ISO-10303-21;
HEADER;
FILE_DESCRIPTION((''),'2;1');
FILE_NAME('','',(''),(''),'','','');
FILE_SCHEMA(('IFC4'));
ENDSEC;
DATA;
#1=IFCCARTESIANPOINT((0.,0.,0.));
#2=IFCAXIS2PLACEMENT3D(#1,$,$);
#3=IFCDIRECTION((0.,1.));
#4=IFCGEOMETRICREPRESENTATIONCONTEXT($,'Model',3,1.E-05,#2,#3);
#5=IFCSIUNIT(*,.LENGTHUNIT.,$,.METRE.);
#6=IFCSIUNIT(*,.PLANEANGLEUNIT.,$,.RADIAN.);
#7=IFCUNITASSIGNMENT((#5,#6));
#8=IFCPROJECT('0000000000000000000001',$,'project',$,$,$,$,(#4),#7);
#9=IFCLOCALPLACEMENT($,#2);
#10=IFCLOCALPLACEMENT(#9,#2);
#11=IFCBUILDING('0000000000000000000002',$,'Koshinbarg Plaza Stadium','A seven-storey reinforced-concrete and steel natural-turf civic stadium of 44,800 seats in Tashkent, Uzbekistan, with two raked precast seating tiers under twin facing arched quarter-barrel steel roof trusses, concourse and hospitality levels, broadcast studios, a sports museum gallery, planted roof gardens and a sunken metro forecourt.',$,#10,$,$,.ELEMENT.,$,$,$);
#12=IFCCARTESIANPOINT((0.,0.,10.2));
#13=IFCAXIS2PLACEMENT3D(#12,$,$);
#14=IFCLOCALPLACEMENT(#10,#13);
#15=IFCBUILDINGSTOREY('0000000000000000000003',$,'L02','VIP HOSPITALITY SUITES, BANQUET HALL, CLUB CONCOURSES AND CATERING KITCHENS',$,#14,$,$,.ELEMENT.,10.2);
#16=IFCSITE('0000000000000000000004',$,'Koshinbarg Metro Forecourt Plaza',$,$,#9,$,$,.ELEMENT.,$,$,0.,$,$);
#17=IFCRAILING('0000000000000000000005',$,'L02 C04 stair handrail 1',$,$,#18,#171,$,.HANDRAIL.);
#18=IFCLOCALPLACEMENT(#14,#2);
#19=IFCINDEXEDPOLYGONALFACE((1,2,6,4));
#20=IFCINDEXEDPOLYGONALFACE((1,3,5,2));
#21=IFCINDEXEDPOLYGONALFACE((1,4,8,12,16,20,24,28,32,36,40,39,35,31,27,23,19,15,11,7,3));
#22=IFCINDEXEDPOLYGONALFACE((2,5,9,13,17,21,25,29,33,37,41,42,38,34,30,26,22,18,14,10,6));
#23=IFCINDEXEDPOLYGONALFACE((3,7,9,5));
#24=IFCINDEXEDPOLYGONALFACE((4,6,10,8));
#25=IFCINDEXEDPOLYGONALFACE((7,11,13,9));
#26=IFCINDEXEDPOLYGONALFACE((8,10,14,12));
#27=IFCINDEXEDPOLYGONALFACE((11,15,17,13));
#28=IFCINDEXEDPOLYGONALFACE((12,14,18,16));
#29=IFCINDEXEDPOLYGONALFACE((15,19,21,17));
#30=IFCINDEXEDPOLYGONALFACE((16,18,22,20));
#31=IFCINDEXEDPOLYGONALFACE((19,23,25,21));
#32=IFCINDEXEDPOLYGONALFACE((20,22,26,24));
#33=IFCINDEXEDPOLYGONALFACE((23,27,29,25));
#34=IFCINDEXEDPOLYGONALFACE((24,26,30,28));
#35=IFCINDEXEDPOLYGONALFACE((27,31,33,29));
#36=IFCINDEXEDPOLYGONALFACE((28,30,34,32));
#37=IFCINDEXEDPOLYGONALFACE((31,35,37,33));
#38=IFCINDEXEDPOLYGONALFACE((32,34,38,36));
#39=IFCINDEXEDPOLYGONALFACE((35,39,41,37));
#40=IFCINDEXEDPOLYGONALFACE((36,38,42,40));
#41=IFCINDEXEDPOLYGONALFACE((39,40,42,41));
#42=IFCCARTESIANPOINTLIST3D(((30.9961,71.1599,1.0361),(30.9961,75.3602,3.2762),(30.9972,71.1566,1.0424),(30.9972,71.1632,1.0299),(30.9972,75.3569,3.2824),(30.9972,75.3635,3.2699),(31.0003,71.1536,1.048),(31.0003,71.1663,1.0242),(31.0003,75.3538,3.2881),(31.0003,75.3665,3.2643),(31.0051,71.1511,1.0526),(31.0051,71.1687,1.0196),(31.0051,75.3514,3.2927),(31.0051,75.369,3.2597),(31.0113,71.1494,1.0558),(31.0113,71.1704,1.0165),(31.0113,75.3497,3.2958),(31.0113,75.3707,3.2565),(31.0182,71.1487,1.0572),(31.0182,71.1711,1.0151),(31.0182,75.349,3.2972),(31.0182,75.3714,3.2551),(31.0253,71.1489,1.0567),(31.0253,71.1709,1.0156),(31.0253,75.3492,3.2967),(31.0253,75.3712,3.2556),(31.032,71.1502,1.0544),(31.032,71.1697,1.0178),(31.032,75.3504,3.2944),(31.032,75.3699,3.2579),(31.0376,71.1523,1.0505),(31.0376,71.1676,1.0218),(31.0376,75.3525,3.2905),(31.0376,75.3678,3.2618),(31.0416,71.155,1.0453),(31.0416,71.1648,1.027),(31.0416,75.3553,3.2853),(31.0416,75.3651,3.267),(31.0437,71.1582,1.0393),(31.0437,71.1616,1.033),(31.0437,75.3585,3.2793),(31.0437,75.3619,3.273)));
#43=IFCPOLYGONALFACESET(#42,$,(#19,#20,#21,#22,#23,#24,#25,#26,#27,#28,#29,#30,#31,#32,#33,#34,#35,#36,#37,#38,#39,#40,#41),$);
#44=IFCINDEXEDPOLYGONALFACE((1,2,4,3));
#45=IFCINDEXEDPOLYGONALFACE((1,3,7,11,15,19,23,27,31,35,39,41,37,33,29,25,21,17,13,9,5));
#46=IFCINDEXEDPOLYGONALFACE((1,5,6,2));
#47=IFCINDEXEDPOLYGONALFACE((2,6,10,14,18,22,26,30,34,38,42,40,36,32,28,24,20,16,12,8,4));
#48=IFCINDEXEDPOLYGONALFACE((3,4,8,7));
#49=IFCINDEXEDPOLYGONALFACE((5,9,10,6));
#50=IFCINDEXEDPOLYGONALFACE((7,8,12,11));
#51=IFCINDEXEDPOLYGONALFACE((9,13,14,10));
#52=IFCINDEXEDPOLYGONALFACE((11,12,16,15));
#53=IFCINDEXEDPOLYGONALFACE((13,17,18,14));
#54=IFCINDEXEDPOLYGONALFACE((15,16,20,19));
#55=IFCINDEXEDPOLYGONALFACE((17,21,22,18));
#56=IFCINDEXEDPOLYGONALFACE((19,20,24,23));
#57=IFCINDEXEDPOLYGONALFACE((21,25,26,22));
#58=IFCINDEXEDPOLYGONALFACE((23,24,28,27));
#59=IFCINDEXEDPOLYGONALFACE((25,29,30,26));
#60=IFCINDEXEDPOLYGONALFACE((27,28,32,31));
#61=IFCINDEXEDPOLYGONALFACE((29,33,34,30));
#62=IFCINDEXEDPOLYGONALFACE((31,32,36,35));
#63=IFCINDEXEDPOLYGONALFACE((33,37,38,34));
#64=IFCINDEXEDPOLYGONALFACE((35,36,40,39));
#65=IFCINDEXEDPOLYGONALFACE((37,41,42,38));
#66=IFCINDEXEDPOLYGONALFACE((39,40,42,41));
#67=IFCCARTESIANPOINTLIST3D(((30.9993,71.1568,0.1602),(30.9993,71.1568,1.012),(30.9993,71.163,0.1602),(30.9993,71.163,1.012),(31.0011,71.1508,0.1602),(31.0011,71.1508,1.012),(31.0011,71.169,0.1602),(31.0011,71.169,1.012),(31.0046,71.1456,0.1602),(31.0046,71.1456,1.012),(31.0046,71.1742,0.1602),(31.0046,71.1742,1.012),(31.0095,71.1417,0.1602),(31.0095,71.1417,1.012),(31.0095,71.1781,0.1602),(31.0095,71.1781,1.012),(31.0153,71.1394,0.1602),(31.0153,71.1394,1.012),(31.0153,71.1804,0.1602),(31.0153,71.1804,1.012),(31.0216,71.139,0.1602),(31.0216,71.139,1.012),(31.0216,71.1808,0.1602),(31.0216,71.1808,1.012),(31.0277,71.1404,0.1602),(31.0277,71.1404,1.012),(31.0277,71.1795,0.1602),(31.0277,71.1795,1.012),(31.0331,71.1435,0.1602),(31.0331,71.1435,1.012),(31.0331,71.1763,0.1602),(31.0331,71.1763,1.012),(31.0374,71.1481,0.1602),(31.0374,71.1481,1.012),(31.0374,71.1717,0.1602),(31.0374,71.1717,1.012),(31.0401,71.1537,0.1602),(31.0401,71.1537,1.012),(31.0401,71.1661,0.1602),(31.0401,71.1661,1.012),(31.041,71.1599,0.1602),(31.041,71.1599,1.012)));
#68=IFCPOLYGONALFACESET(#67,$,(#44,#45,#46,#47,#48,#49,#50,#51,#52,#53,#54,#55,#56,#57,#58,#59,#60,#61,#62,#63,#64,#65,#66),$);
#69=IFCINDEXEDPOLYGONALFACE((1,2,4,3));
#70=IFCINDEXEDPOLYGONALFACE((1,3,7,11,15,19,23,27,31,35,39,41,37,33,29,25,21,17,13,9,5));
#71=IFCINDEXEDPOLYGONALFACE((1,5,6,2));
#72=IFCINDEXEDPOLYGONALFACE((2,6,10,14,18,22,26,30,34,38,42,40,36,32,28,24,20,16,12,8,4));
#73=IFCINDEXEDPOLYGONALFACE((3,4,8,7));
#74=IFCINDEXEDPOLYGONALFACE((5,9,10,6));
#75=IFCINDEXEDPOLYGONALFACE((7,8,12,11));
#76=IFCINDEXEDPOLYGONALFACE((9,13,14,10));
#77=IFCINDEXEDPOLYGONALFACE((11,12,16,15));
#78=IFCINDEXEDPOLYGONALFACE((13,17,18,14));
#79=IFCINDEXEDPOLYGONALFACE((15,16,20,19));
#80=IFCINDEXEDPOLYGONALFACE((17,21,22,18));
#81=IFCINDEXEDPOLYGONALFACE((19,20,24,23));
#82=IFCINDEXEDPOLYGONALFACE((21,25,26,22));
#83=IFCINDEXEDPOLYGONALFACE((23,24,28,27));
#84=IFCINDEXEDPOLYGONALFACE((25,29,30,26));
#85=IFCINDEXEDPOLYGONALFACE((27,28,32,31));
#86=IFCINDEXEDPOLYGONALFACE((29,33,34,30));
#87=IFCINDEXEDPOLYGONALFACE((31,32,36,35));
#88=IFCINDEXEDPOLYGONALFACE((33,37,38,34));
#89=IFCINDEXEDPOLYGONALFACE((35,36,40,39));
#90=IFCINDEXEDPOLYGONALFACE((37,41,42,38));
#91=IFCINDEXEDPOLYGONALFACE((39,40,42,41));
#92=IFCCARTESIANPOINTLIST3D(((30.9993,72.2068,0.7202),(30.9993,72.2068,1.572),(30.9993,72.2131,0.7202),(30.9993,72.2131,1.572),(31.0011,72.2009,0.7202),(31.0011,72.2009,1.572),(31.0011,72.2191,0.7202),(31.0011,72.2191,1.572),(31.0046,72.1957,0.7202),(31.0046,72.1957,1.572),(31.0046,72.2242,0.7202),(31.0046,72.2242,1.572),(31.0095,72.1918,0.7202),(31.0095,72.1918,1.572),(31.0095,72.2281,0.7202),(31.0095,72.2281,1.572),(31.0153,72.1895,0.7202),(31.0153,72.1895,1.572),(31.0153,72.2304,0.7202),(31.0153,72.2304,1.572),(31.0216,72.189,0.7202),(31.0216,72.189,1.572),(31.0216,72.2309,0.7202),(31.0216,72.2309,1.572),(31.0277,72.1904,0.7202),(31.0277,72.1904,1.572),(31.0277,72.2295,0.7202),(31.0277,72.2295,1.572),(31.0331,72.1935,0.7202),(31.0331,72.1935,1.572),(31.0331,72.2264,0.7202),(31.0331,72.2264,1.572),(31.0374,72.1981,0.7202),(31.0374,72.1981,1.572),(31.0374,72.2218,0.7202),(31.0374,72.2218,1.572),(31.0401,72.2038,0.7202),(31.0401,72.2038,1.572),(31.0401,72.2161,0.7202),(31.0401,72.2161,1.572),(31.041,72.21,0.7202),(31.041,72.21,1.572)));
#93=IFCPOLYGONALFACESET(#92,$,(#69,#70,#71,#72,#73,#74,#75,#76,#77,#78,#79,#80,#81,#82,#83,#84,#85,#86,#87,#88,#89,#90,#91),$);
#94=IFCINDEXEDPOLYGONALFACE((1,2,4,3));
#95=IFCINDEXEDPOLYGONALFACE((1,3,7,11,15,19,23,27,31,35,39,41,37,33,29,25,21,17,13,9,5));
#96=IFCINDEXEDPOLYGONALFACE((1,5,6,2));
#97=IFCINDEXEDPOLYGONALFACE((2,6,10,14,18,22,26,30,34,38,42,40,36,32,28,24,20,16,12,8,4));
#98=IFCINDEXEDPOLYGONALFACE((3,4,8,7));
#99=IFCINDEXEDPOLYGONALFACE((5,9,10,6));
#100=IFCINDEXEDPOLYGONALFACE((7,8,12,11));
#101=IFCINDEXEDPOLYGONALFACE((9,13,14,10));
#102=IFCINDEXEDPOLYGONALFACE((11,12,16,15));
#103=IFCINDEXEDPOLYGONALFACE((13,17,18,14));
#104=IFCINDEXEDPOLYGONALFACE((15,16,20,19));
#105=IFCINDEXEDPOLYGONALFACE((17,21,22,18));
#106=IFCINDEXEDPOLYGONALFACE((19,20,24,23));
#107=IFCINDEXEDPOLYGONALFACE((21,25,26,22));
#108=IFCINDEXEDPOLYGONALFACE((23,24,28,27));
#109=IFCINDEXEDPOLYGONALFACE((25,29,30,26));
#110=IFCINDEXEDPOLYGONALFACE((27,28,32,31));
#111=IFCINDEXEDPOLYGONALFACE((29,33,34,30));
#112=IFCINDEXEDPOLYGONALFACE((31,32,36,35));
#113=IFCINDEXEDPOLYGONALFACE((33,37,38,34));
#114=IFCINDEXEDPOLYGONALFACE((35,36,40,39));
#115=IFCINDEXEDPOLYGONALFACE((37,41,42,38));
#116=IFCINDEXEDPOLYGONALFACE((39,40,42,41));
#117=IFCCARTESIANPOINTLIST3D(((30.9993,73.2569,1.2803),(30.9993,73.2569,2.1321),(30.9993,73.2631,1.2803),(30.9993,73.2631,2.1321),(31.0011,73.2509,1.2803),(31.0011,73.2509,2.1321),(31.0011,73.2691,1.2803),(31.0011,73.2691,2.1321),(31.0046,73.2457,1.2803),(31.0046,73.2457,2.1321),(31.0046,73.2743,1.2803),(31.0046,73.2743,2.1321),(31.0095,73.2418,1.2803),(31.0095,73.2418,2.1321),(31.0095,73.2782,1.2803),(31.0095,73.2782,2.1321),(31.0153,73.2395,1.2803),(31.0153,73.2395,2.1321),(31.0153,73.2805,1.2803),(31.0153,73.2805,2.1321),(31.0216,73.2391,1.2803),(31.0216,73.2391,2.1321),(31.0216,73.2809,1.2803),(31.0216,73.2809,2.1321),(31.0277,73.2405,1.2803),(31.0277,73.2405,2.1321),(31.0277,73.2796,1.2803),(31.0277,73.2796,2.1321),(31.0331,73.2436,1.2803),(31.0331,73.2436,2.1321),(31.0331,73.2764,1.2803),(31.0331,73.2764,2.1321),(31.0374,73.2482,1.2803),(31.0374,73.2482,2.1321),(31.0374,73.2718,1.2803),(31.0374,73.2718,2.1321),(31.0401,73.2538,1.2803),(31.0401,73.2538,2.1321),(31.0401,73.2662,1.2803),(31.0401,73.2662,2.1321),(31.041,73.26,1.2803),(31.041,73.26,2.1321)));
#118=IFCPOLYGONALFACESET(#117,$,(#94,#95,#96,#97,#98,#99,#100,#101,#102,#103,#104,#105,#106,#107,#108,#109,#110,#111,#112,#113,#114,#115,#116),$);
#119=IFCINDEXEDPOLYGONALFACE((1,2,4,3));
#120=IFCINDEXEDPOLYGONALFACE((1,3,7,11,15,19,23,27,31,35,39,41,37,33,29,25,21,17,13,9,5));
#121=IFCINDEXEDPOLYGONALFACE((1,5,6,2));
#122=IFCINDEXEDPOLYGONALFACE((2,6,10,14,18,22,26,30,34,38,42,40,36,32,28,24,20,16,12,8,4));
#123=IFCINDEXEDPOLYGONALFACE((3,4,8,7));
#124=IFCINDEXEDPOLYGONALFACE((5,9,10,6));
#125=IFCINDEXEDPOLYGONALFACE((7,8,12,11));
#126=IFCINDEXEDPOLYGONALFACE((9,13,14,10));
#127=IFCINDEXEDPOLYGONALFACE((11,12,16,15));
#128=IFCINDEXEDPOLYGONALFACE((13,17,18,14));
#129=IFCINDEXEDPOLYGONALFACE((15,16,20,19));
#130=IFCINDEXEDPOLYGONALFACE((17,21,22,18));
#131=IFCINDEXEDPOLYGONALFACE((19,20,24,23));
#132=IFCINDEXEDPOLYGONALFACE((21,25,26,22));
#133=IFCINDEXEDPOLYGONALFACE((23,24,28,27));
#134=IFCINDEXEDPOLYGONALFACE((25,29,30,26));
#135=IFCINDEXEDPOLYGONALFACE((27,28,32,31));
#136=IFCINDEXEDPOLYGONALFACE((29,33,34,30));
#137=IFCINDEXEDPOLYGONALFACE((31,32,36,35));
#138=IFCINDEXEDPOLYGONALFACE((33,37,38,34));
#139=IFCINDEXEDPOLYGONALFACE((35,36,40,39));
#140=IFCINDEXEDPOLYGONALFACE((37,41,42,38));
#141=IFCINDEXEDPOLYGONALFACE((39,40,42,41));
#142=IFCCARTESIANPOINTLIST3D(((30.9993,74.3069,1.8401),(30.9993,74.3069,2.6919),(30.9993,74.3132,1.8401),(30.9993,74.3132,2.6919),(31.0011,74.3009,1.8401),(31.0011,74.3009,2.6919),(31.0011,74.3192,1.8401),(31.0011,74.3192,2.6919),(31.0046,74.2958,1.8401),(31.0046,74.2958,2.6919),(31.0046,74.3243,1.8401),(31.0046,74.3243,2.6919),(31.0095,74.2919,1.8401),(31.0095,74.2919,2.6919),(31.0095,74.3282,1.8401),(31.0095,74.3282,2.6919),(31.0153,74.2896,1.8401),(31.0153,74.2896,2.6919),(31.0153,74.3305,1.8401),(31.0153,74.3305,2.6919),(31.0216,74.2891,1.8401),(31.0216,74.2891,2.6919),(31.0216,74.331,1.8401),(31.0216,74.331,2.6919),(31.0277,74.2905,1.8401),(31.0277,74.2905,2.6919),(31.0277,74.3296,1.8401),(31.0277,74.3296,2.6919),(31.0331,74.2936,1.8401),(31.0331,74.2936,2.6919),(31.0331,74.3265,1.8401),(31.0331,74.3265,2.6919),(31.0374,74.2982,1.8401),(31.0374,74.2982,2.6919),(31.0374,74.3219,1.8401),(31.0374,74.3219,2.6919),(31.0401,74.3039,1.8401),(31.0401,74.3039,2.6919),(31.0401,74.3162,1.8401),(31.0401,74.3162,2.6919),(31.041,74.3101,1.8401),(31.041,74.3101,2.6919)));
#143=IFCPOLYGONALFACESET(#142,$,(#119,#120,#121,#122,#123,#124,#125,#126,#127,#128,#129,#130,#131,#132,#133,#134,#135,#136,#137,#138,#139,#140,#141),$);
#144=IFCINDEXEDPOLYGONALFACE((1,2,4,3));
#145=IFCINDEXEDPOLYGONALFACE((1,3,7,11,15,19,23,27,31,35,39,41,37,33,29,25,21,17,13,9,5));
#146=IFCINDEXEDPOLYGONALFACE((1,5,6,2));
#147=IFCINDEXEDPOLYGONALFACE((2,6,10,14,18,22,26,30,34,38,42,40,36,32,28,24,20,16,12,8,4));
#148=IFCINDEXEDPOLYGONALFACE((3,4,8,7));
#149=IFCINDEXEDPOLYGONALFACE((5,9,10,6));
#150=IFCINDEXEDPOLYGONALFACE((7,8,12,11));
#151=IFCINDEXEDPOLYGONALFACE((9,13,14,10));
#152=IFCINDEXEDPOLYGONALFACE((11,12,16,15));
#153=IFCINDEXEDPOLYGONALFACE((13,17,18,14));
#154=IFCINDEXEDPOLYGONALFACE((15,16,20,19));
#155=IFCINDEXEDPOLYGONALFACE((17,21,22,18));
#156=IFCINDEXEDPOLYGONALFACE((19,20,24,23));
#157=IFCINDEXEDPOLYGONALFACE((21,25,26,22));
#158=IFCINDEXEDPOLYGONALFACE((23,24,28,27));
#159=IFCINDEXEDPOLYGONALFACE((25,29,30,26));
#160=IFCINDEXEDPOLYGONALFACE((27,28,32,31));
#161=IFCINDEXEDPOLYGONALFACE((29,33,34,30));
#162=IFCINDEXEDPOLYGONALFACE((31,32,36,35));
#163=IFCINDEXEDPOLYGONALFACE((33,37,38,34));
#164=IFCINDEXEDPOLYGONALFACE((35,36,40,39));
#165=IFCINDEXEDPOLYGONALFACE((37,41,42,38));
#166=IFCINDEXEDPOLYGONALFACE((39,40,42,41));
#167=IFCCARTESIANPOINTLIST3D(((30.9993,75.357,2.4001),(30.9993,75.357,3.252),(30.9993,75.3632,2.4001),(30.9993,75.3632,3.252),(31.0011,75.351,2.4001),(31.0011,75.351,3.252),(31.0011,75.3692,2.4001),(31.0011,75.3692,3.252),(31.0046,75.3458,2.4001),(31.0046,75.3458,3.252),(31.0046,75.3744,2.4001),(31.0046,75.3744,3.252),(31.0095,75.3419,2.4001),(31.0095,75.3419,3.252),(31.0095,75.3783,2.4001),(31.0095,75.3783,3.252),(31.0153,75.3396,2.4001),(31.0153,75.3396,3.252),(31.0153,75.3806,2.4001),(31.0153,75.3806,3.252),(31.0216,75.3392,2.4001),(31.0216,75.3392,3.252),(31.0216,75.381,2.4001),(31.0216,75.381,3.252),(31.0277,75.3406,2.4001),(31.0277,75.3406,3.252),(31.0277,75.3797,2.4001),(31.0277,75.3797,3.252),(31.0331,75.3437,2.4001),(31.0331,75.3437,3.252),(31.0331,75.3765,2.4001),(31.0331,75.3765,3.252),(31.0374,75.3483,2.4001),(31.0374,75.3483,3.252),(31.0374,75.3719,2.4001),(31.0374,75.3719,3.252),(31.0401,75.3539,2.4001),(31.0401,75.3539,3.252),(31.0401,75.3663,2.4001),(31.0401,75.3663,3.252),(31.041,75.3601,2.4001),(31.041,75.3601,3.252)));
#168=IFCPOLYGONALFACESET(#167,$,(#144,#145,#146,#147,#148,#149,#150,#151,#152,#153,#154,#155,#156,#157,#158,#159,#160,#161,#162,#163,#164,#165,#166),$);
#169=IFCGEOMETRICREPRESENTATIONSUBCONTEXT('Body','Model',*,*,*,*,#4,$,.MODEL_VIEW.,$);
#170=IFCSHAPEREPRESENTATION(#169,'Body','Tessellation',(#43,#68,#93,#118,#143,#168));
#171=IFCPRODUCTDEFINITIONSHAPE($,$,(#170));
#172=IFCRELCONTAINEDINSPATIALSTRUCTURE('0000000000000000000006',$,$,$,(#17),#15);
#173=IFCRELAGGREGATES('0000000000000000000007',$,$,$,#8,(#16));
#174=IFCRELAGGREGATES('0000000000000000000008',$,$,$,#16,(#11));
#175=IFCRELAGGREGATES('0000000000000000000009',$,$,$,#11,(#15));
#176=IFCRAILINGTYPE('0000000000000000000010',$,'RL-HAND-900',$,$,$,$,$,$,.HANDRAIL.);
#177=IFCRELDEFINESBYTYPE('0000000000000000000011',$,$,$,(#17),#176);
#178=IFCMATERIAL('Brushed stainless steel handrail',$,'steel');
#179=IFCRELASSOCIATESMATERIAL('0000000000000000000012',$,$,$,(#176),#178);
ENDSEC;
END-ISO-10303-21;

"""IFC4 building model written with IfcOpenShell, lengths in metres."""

from ifc_helpers import new_model, si_unit, direction, frame, origin, origin_2d, place, context, subcontext, project, spatial, circle, extrude, material, type_object, element, save


model = new_model("IFC4")

# Units and contexts
model_context = context("Model", 3, precision=1e-05, world=origin(), true_north=direction((0.0, 1.0)))
body_context = subcontext(model_context, "Body", "Model", "MODEL_VIEW")
ifc_project = project(units=[si_unit("LENGTHUNIT", "METRE"), si_unit("PLANEANGLEUNIT", "RADIAN")], contexts=[model_context])

# Site, building, storey
site_placement = place(None, origin())
site = spatial("IfcSite", under=ifc_project, at=site_placement, Name="Koshinbarg Metro Forecourt Plaza", CompositionType="ELEMENT", RefElevation=0.0)
building_placement = place(site_placement, origin())
building = spatial("IfcBuilding", under=site, at=building_placement, Name="Koshinbarg Plaza Stadium", Description="A seven-storey reinforced-concrete and steel natural-turf civic stadium of 44,800 seats in Tashkent, Uzbekistan, with two raked precast seating tiers under twin facing arched quarter-barrel steel roof trusses, concourse and hospitality levels, broadcast studios, a sports museum gallery, planted roof gardens and a sunken metro forecourt.", CompositionType="ELEMENT")
storey_placement = place(building_placement, frame((0.0, 0.0, 10.2)))
storey = spatial("IfcBuildingStorey", under=building, at=storey_placement, Name="L02", Description="VIP HOSPITALITY SUITES, BANQUET HALL, CLUB CONCOURSES AND CATERING KITCHENS", CompositionType="ELEMENT", Elevation=10.2)

# Railing
ifc_material_1 = material(Name="Brushed stainless steel handrail", Category="steel")
railing_type_1 = type_object("IfcRailingType", Name="RL-HAND-900", PredefinedType="HANDRAIL", material=ifc_material_1)
railing_1_placement = place(storey_placement, frame((31.02, 71.1599, 0.1602)))
element("IfcRailing", 1, at=railing_1_placement, inside=storey, type_object=railing_type_1, Name="L02 C04 stair handrail 1", PredefinedType="HANDRAIL", context=body_context, shape_type="SweptSolid", body=[
    extrude(circle(Radius=0.0239, at=origin_2d()), frame((0.0, 0.0, 0.876), z_axis=(0.0, 0.882363, 0.47057), x_axis=(-1.0, 0.0, 0.0)), (0.0, 0.0, 1.0), 4.7603),
    extrude(circle(Radius=0.021, at=origin_2d()), origin(), (0.0, 0.0, 1.0), 0.8518),
    extrude(circle(Radius=0.021, at=origin_2d()), frame((0.0, 1.05, 0.5601)), (0.0, 0.0, 1.0), 0.8518),
    extrude(circle(Radius=0.021, at=origin_2d()), frame((0.0, 2.1001, 1.1201)), (0.0, 0.0, 1.0), 0.8518),
    extrude(circle(Radius=0.021, at=origin_2d()), frame((0.0, 3.1501, 1.6799)), (0.0, 0.0, 1.0), 0.8518),
    extrude(circle(Radius=0.021, at=origin_2d()), frame((0.0, 4.2002, 2.24)), (0.0, 0.0, 1.0), 0.8518),
])

save(model, "model.ifc")
